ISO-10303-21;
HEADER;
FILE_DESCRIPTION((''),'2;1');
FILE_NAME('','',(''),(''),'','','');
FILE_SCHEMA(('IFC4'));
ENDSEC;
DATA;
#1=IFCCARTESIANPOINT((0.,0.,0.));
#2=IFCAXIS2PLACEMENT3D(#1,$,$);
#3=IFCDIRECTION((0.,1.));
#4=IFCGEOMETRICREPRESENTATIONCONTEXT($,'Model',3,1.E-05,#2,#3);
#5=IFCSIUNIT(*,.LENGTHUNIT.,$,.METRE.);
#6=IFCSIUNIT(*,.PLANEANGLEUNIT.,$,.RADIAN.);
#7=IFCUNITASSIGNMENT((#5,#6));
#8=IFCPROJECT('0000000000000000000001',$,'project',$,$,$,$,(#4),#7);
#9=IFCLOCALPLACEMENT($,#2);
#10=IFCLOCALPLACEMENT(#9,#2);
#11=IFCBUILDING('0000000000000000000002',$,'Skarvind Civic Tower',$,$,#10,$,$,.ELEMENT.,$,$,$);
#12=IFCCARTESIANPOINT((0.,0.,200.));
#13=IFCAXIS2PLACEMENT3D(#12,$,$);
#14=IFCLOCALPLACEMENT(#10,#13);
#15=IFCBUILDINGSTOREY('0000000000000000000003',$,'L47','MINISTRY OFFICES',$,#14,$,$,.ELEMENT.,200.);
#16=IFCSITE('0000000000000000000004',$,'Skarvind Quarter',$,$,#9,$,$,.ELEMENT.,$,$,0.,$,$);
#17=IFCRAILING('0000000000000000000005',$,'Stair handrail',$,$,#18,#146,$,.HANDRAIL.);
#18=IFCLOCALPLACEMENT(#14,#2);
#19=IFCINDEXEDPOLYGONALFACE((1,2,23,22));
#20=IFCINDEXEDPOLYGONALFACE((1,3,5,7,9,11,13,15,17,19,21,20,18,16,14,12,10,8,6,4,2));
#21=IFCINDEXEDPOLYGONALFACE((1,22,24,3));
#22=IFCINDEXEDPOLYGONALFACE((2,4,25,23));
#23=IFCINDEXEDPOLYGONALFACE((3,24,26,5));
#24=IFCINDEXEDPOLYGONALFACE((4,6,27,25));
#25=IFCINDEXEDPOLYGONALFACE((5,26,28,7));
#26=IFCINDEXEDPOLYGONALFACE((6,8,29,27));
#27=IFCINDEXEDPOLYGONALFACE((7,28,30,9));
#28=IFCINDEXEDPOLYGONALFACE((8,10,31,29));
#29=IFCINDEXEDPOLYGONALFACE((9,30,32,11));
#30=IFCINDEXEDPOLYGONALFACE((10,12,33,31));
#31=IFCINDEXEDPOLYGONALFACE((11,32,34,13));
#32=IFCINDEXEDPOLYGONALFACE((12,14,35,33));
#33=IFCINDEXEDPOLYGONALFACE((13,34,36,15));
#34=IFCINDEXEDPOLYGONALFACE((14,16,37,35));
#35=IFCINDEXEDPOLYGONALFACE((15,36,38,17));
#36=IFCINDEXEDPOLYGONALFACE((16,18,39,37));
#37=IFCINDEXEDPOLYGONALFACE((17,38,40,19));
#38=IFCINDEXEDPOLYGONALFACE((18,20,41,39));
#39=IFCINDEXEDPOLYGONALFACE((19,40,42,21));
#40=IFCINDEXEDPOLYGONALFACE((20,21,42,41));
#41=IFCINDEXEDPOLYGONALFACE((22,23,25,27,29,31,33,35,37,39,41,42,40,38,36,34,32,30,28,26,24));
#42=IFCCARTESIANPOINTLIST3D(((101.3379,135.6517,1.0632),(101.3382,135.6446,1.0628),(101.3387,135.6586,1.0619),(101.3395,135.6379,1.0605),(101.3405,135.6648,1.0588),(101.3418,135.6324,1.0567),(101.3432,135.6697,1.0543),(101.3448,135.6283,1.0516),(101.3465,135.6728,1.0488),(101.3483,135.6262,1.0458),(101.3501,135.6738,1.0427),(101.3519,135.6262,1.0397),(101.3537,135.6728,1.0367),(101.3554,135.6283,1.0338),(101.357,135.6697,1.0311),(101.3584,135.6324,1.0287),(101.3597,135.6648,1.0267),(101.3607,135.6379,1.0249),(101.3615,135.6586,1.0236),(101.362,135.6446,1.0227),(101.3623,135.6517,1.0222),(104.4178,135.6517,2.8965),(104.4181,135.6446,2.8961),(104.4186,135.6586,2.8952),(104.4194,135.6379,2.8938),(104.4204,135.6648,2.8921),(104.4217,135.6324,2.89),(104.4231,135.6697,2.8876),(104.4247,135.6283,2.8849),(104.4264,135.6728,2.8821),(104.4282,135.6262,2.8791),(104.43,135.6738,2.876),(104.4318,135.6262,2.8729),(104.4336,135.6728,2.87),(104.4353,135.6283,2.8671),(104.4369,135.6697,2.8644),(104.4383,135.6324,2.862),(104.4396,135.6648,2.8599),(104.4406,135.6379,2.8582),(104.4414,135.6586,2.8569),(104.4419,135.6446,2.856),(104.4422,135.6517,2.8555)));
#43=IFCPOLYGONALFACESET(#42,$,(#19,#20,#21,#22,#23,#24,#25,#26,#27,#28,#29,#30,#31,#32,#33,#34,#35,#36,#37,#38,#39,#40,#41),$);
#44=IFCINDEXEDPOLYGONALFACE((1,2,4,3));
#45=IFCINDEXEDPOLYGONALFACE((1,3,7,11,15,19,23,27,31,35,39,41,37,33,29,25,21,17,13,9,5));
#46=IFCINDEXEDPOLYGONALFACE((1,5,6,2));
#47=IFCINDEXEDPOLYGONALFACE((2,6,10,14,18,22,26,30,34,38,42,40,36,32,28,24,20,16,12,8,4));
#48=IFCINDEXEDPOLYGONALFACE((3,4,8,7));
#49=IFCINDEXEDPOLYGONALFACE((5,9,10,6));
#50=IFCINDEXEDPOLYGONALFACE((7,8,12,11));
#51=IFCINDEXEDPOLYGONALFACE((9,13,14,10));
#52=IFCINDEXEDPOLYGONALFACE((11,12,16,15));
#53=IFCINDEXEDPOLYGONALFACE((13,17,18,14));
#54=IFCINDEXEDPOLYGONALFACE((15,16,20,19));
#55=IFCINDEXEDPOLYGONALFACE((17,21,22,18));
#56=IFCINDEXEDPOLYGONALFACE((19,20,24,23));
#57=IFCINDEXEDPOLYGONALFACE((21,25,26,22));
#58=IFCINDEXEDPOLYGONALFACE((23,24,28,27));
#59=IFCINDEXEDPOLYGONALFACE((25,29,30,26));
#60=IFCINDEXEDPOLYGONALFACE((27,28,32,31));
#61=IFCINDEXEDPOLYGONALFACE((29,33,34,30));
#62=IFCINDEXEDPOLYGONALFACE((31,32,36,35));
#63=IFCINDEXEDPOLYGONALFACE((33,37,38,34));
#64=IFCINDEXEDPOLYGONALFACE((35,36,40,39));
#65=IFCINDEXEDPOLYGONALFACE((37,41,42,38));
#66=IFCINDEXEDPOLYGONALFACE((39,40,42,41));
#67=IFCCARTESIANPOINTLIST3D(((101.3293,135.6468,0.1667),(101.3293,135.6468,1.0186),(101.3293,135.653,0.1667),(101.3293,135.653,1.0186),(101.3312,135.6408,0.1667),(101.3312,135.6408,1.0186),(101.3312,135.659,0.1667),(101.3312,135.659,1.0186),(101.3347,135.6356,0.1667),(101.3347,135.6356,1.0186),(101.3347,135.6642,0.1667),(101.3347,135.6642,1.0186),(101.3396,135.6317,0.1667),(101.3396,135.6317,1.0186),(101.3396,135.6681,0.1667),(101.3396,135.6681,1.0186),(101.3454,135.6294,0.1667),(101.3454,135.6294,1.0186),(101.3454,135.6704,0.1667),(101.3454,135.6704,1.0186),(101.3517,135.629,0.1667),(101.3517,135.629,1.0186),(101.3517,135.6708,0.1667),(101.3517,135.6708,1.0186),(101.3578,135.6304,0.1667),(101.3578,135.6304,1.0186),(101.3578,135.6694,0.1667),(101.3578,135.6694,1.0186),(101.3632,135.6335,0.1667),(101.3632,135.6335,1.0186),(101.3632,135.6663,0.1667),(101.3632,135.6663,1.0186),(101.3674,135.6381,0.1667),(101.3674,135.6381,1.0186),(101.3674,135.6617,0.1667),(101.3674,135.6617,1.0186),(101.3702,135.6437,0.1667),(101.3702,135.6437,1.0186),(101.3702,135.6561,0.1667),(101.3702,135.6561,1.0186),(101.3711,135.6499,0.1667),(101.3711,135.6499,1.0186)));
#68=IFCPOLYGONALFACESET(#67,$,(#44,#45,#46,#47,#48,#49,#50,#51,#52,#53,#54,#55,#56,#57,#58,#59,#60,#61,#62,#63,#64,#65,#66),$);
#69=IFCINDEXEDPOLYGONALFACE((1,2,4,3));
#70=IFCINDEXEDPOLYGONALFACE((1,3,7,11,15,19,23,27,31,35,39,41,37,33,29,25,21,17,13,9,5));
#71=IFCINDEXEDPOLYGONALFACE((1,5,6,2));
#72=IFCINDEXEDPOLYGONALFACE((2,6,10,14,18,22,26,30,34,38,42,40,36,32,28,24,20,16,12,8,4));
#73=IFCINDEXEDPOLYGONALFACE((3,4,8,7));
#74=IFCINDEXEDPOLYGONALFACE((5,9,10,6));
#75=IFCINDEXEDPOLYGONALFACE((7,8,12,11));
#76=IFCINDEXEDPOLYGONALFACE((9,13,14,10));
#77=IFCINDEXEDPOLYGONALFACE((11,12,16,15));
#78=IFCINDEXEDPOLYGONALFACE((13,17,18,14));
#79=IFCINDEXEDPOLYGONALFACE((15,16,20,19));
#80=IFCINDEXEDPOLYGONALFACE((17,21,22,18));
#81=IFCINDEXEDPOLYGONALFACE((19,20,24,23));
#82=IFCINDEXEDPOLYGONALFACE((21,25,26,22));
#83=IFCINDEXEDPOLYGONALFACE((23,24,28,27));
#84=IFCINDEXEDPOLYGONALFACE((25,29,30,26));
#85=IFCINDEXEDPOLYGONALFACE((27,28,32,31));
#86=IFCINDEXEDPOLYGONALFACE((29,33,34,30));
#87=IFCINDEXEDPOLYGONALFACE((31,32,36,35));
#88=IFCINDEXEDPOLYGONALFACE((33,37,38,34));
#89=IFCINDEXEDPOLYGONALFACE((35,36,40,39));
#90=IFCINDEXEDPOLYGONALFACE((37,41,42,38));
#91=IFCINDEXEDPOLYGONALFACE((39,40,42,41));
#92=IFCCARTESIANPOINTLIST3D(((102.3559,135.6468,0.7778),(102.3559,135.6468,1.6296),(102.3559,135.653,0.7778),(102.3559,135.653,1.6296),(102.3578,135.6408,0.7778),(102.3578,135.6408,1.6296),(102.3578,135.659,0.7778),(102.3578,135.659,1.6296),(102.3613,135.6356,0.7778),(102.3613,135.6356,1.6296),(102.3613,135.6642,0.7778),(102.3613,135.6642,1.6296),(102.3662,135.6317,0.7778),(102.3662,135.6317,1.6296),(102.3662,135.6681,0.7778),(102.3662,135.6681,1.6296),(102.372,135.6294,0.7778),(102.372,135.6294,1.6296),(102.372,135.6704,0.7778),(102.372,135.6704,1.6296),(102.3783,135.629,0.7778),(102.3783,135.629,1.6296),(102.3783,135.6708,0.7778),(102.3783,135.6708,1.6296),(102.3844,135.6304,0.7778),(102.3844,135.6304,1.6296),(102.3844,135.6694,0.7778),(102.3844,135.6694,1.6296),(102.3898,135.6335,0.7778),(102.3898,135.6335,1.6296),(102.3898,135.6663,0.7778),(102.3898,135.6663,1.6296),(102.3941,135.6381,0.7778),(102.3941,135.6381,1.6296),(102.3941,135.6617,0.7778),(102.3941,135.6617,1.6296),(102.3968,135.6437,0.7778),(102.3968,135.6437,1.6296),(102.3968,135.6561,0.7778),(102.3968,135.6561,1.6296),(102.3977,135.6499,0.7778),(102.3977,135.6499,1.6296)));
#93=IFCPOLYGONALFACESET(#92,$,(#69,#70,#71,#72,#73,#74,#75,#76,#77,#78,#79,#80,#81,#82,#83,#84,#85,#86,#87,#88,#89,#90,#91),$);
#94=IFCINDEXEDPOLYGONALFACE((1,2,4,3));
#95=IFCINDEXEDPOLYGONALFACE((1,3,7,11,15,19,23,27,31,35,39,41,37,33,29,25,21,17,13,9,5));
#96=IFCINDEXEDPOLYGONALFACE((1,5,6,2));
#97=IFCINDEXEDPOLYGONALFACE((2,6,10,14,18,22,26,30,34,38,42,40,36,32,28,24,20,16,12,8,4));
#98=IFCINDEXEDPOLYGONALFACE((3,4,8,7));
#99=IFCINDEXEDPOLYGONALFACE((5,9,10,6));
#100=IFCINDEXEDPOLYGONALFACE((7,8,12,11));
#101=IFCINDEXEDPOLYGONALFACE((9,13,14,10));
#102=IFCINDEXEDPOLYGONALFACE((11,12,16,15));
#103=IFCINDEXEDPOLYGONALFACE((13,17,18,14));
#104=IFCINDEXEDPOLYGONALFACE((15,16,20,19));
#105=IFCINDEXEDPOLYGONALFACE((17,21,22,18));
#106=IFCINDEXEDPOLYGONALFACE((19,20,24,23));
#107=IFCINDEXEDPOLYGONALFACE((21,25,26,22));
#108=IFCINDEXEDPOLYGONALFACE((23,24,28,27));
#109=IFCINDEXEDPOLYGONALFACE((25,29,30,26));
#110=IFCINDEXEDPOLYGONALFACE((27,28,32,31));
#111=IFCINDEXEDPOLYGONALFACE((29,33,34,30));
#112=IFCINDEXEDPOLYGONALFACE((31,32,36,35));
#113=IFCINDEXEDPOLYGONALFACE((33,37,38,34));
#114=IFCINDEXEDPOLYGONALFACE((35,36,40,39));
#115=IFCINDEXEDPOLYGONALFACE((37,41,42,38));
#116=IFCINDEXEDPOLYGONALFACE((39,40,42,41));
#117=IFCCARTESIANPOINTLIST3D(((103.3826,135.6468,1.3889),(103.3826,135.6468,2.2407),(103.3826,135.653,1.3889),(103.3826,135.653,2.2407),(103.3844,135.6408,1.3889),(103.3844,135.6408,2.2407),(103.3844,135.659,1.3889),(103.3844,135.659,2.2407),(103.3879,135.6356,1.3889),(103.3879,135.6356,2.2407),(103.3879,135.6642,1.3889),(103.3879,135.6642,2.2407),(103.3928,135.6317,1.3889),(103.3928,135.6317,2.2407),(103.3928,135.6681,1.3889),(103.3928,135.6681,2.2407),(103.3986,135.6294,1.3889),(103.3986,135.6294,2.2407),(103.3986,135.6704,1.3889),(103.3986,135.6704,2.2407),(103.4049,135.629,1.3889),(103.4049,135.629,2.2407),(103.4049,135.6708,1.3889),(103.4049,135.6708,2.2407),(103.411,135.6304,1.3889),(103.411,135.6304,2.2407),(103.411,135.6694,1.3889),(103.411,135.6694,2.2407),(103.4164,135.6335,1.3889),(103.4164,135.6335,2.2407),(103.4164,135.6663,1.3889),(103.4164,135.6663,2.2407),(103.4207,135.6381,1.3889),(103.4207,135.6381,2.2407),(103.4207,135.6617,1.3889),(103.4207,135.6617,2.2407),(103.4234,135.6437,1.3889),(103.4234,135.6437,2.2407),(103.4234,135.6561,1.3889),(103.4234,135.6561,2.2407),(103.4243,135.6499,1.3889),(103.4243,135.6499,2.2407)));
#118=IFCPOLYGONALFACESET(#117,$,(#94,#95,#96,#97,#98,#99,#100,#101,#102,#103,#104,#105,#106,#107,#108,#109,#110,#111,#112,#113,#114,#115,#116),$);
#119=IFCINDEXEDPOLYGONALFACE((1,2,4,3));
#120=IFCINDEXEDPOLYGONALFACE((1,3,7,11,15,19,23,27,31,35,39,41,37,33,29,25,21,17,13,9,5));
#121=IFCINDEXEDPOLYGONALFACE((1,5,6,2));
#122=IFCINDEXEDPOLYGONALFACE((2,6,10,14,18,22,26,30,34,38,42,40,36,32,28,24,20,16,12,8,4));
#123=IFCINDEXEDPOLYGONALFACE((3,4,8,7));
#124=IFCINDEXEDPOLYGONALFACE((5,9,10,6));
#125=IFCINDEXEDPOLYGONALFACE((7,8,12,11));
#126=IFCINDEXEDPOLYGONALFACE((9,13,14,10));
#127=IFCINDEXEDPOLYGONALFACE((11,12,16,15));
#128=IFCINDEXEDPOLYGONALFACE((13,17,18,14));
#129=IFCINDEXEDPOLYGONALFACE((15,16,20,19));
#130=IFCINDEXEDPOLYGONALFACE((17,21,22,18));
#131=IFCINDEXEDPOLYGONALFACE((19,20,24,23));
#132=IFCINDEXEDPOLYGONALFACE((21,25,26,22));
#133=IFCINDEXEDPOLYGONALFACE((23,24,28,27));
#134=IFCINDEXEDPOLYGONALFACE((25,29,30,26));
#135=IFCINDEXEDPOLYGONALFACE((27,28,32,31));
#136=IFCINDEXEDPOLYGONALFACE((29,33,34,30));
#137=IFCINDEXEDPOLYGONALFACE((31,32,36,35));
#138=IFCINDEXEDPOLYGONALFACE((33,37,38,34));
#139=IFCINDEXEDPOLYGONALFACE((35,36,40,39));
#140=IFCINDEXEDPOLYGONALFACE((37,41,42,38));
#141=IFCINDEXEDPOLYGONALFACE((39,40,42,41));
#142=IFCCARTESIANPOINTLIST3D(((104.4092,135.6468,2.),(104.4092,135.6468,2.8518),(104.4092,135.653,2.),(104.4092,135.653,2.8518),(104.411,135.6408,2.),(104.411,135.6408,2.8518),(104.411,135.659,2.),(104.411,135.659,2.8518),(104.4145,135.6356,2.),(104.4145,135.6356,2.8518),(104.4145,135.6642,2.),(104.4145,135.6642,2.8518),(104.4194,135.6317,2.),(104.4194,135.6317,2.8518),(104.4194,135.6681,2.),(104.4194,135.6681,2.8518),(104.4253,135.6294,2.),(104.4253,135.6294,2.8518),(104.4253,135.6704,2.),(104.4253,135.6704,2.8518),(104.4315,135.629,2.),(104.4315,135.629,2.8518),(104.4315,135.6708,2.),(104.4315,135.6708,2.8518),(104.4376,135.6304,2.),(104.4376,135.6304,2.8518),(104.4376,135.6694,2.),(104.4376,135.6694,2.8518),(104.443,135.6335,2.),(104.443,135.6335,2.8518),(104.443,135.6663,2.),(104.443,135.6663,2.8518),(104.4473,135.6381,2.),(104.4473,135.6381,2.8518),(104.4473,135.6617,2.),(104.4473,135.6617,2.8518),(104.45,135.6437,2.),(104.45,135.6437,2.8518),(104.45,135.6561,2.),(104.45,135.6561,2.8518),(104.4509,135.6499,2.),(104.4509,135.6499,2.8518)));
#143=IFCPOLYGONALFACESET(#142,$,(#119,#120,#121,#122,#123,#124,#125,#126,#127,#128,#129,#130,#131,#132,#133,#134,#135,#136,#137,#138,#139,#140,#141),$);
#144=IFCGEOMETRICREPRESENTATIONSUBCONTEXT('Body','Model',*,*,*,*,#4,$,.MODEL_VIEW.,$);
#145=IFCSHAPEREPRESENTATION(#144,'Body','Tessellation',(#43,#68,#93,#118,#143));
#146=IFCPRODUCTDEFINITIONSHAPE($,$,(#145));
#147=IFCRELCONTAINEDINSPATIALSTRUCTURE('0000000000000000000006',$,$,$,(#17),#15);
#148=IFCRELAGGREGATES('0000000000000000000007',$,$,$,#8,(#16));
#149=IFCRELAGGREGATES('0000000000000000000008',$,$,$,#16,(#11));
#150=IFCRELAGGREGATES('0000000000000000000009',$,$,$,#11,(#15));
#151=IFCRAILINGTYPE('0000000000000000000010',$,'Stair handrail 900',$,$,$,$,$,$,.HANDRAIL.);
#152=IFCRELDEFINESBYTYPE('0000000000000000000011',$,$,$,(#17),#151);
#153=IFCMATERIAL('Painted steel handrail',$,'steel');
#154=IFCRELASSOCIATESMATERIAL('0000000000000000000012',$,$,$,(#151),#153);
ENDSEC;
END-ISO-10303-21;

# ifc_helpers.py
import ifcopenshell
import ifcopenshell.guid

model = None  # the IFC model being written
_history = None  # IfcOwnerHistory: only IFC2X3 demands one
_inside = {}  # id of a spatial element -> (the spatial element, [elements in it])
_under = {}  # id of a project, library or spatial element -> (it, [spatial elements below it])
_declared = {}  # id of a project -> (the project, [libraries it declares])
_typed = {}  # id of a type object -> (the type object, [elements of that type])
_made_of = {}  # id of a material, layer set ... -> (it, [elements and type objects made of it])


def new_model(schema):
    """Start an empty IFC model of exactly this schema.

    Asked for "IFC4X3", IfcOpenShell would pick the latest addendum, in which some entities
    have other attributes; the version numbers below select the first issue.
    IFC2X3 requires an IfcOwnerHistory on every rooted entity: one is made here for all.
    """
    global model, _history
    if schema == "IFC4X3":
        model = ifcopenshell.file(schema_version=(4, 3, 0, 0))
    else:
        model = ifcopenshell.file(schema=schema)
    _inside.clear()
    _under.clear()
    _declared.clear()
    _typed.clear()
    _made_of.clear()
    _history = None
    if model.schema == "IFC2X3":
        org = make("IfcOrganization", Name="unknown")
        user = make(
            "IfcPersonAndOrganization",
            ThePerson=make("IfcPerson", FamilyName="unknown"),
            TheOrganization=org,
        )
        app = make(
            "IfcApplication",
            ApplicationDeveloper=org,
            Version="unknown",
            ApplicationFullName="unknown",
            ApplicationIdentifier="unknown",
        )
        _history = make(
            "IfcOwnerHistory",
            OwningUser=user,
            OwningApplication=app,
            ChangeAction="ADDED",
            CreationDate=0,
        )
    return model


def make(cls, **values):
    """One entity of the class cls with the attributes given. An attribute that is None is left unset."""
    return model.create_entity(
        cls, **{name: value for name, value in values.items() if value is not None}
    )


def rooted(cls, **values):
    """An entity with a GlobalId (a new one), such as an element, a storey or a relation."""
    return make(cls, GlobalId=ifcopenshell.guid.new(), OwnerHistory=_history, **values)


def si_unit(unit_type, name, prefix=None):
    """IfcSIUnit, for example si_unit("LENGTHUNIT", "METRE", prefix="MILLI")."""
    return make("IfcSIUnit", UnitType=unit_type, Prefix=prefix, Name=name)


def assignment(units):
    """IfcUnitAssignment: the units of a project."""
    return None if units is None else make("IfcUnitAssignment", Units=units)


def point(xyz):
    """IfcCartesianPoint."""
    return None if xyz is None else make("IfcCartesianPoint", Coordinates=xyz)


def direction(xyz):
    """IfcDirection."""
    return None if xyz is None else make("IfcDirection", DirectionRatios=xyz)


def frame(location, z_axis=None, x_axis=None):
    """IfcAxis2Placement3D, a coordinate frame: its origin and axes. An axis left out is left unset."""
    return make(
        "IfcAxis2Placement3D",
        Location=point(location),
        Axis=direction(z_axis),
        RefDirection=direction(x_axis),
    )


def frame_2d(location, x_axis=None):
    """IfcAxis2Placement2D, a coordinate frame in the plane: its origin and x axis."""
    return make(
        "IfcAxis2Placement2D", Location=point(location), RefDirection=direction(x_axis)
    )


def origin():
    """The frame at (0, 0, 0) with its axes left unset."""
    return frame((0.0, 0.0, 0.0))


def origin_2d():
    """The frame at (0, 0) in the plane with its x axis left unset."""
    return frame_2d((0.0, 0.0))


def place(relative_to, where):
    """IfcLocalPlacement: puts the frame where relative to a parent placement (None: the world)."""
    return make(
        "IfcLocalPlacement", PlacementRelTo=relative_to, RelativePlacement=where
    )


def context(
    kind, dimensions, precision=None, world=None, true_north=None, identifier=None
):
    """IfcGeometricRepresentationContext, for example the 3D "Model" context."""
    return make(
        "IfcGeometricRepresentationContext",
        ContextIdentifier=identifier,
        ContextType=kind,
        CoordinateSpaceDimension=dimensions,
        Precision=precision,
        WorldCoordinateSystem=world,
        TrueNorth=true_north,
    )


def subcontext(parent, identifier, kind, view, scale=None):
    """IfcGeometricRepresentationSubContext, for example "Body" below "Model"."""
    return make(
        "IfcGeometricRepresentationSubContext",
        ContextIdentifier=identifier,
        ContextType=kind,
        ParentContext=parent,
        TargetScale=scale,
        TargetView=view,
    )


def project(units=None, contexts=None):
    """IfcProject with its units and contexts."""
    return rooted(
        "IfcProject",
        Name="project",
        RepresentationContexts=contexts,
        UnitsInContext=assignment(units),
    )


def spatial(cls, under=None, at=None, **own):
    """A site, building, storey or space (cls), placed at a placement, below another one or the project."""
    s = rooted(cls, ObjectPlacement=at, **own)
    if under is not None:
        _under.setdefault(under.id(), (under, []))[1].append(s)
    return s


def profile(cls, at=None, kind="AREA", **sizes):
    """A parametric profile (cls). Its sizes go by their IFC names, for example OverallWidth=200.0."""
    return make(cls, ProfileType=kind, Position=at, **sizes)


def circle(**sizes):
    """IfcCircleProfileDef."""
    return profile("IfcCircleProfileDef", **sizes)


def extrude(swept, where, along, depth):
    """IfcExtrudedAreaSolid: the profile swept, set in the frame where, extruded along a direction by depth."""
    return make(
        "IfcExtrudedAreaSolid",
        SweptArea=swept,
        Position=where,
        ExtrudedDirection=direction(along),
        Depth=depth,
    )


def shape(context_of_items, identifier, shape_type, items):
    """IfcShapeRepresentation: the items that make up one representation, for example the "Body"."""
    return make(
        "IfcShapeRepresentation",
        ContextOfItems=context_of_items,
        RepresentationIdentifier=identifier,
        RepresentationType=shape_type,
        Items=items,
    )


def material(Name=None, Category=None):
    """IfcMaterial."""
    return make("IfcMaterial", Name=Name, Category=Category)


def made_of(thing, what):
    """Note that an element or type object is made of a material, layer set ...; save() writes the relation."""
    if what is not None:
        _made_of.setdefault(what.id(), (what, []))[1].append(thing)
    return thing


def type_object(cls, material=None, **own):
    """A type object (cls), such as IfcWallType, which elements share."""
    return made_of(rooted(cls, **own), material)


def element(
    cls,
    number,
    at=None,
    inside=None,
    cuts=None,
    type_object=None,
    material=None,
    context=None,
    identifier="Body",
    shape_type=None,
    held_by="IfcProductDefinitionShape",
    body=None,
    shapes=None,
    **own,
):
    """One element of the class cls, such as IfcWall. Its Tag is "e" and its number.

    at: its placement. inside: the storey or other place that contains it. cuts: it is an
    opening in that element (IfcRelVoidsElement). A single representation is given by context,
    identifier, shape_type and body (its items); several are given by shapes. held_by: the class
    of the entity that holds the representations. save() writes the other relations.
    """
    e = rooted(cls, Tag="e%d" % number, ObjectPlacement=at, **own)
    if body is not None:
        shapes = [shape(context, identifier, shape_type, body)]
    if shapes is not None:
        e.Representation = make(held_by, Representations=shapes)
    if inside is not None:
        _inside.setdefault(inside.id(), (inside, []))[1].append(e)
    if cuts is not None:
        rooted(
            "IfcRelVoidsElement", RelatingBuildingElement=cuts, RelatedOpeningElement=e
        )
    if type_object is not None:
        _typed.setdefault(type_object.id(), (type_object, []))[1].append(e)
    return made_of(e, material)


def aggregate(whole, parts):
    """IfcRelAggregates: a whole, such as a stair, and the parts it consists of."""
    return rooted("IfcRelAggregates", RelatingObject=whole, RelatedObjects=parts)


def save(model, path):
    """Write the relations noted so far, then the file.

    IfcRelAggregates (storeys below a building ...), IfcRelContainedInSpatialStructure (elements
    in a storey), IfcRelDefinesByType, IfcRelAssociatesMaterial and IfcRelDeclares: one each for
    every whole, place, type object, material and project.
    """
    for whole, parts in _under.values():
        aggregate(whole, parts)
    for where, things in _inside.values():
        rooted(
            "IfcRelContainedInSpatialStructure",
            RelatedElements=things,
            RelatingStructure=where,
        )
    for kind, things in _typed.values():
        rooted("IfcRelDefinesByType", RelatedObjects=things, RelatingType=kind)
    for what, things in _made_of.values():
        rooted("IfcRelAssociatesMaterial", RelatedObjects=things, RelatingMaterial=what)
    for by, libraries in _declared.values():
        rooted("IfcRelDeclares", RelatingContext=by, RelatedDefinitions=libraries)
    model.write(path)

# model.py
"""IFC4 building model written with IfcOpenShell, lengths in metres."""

from ifc_helpers import new_model, si_unit, direction, frame, origin, origin_2d, place, context, subcontext, project, spatial, circle, extrude, material, type_object, element, save


model = new_model("IFC4")

# Units and contexts
model_context = context("Model", 3, precision=1e-05, world=origin(), true_north=direction((0.0, 1.0)))
body_context = subcontext(model_context, "Body", "Model", "MODEL_VIEW")
ifc_project = project(units=[si_unit("LENGTHUNIT", "METRE"), si_unit("PLANEANGLEUNIT", "RADIAN")], contexts=[model_context])

# Site, building, storey
site_placement = place(None, origin())
site = spatial("IfcSite", under=ifc_project, at=site_placement, Name="Skarvind Quarter", CompositionType="ELEMENT", RefElevation=0.0)
building_placement = place(site_placement, origin())
building = spatial("IfcBuilding", under=site, at=building_placement, Name="Skarvind Civic Tower", CompositionType="ELEMENT")
storey_placement = place(building_placement, frame((0.0, 0.0, 200.0)))
storey = spatial("IfcBuildingStorey", under=building, at=storey_placement, Name="L47", Description="MINISTRY OFFICES", CompositionType="ELEMENT", Elevation=200.0)

# Railing
ifc_material_1 = material(Name="Painted steel handrail", Category="steel")
railing_type = type_object("IfcRailingType", Name="Stair handrail 900", PredefinedType="HANDRAIL", material=ifc_material_1)
railing_1_placement = place(storey_placement, frame((101.3501, 135.6499, 0.1667)))
element("IfcRailing", 1, at=railing_1_placement, inside=storey, type_object=railing_type, Name="Stair handrail", PredefinedType="HANDRAIL", context=body_context, shape_type="SweptSolid", body=[
    extrude(circle(Radius=0.0239, at=origin_2d()), frame((0.0, 0.0, 0.876), z_axis=(0.859291, 0.0, 0.511487), x_axis=(0.0, 1.0, 0.0)), (0.0, 0.0, 1.0), 3.5842),
    extrude(circle(Radius=0.021, at=origin_2d()), origin(), (0.0, 0.0, 1.0), 0.8518),
    extrude(circle(Radius=0.021, at=origin_2d()), frame((1.0266, 0.0, 0.6111)), (0.0, 0.0, 1.0), 0.8518),
    extrude(circle(Radius=0.021, at=origin_2d()), frame((2.0532, 0.0, 1.2222)), (0.0, 0.0, 1.0), 0.8518),
    extrude(circle(Radius=0.021, at=origin_2d()), frame((3.0798, 0.0, 1.8333)), (0.0, 0.0, 1.0), 0.8518),
])

save(model, "model.ifc")
